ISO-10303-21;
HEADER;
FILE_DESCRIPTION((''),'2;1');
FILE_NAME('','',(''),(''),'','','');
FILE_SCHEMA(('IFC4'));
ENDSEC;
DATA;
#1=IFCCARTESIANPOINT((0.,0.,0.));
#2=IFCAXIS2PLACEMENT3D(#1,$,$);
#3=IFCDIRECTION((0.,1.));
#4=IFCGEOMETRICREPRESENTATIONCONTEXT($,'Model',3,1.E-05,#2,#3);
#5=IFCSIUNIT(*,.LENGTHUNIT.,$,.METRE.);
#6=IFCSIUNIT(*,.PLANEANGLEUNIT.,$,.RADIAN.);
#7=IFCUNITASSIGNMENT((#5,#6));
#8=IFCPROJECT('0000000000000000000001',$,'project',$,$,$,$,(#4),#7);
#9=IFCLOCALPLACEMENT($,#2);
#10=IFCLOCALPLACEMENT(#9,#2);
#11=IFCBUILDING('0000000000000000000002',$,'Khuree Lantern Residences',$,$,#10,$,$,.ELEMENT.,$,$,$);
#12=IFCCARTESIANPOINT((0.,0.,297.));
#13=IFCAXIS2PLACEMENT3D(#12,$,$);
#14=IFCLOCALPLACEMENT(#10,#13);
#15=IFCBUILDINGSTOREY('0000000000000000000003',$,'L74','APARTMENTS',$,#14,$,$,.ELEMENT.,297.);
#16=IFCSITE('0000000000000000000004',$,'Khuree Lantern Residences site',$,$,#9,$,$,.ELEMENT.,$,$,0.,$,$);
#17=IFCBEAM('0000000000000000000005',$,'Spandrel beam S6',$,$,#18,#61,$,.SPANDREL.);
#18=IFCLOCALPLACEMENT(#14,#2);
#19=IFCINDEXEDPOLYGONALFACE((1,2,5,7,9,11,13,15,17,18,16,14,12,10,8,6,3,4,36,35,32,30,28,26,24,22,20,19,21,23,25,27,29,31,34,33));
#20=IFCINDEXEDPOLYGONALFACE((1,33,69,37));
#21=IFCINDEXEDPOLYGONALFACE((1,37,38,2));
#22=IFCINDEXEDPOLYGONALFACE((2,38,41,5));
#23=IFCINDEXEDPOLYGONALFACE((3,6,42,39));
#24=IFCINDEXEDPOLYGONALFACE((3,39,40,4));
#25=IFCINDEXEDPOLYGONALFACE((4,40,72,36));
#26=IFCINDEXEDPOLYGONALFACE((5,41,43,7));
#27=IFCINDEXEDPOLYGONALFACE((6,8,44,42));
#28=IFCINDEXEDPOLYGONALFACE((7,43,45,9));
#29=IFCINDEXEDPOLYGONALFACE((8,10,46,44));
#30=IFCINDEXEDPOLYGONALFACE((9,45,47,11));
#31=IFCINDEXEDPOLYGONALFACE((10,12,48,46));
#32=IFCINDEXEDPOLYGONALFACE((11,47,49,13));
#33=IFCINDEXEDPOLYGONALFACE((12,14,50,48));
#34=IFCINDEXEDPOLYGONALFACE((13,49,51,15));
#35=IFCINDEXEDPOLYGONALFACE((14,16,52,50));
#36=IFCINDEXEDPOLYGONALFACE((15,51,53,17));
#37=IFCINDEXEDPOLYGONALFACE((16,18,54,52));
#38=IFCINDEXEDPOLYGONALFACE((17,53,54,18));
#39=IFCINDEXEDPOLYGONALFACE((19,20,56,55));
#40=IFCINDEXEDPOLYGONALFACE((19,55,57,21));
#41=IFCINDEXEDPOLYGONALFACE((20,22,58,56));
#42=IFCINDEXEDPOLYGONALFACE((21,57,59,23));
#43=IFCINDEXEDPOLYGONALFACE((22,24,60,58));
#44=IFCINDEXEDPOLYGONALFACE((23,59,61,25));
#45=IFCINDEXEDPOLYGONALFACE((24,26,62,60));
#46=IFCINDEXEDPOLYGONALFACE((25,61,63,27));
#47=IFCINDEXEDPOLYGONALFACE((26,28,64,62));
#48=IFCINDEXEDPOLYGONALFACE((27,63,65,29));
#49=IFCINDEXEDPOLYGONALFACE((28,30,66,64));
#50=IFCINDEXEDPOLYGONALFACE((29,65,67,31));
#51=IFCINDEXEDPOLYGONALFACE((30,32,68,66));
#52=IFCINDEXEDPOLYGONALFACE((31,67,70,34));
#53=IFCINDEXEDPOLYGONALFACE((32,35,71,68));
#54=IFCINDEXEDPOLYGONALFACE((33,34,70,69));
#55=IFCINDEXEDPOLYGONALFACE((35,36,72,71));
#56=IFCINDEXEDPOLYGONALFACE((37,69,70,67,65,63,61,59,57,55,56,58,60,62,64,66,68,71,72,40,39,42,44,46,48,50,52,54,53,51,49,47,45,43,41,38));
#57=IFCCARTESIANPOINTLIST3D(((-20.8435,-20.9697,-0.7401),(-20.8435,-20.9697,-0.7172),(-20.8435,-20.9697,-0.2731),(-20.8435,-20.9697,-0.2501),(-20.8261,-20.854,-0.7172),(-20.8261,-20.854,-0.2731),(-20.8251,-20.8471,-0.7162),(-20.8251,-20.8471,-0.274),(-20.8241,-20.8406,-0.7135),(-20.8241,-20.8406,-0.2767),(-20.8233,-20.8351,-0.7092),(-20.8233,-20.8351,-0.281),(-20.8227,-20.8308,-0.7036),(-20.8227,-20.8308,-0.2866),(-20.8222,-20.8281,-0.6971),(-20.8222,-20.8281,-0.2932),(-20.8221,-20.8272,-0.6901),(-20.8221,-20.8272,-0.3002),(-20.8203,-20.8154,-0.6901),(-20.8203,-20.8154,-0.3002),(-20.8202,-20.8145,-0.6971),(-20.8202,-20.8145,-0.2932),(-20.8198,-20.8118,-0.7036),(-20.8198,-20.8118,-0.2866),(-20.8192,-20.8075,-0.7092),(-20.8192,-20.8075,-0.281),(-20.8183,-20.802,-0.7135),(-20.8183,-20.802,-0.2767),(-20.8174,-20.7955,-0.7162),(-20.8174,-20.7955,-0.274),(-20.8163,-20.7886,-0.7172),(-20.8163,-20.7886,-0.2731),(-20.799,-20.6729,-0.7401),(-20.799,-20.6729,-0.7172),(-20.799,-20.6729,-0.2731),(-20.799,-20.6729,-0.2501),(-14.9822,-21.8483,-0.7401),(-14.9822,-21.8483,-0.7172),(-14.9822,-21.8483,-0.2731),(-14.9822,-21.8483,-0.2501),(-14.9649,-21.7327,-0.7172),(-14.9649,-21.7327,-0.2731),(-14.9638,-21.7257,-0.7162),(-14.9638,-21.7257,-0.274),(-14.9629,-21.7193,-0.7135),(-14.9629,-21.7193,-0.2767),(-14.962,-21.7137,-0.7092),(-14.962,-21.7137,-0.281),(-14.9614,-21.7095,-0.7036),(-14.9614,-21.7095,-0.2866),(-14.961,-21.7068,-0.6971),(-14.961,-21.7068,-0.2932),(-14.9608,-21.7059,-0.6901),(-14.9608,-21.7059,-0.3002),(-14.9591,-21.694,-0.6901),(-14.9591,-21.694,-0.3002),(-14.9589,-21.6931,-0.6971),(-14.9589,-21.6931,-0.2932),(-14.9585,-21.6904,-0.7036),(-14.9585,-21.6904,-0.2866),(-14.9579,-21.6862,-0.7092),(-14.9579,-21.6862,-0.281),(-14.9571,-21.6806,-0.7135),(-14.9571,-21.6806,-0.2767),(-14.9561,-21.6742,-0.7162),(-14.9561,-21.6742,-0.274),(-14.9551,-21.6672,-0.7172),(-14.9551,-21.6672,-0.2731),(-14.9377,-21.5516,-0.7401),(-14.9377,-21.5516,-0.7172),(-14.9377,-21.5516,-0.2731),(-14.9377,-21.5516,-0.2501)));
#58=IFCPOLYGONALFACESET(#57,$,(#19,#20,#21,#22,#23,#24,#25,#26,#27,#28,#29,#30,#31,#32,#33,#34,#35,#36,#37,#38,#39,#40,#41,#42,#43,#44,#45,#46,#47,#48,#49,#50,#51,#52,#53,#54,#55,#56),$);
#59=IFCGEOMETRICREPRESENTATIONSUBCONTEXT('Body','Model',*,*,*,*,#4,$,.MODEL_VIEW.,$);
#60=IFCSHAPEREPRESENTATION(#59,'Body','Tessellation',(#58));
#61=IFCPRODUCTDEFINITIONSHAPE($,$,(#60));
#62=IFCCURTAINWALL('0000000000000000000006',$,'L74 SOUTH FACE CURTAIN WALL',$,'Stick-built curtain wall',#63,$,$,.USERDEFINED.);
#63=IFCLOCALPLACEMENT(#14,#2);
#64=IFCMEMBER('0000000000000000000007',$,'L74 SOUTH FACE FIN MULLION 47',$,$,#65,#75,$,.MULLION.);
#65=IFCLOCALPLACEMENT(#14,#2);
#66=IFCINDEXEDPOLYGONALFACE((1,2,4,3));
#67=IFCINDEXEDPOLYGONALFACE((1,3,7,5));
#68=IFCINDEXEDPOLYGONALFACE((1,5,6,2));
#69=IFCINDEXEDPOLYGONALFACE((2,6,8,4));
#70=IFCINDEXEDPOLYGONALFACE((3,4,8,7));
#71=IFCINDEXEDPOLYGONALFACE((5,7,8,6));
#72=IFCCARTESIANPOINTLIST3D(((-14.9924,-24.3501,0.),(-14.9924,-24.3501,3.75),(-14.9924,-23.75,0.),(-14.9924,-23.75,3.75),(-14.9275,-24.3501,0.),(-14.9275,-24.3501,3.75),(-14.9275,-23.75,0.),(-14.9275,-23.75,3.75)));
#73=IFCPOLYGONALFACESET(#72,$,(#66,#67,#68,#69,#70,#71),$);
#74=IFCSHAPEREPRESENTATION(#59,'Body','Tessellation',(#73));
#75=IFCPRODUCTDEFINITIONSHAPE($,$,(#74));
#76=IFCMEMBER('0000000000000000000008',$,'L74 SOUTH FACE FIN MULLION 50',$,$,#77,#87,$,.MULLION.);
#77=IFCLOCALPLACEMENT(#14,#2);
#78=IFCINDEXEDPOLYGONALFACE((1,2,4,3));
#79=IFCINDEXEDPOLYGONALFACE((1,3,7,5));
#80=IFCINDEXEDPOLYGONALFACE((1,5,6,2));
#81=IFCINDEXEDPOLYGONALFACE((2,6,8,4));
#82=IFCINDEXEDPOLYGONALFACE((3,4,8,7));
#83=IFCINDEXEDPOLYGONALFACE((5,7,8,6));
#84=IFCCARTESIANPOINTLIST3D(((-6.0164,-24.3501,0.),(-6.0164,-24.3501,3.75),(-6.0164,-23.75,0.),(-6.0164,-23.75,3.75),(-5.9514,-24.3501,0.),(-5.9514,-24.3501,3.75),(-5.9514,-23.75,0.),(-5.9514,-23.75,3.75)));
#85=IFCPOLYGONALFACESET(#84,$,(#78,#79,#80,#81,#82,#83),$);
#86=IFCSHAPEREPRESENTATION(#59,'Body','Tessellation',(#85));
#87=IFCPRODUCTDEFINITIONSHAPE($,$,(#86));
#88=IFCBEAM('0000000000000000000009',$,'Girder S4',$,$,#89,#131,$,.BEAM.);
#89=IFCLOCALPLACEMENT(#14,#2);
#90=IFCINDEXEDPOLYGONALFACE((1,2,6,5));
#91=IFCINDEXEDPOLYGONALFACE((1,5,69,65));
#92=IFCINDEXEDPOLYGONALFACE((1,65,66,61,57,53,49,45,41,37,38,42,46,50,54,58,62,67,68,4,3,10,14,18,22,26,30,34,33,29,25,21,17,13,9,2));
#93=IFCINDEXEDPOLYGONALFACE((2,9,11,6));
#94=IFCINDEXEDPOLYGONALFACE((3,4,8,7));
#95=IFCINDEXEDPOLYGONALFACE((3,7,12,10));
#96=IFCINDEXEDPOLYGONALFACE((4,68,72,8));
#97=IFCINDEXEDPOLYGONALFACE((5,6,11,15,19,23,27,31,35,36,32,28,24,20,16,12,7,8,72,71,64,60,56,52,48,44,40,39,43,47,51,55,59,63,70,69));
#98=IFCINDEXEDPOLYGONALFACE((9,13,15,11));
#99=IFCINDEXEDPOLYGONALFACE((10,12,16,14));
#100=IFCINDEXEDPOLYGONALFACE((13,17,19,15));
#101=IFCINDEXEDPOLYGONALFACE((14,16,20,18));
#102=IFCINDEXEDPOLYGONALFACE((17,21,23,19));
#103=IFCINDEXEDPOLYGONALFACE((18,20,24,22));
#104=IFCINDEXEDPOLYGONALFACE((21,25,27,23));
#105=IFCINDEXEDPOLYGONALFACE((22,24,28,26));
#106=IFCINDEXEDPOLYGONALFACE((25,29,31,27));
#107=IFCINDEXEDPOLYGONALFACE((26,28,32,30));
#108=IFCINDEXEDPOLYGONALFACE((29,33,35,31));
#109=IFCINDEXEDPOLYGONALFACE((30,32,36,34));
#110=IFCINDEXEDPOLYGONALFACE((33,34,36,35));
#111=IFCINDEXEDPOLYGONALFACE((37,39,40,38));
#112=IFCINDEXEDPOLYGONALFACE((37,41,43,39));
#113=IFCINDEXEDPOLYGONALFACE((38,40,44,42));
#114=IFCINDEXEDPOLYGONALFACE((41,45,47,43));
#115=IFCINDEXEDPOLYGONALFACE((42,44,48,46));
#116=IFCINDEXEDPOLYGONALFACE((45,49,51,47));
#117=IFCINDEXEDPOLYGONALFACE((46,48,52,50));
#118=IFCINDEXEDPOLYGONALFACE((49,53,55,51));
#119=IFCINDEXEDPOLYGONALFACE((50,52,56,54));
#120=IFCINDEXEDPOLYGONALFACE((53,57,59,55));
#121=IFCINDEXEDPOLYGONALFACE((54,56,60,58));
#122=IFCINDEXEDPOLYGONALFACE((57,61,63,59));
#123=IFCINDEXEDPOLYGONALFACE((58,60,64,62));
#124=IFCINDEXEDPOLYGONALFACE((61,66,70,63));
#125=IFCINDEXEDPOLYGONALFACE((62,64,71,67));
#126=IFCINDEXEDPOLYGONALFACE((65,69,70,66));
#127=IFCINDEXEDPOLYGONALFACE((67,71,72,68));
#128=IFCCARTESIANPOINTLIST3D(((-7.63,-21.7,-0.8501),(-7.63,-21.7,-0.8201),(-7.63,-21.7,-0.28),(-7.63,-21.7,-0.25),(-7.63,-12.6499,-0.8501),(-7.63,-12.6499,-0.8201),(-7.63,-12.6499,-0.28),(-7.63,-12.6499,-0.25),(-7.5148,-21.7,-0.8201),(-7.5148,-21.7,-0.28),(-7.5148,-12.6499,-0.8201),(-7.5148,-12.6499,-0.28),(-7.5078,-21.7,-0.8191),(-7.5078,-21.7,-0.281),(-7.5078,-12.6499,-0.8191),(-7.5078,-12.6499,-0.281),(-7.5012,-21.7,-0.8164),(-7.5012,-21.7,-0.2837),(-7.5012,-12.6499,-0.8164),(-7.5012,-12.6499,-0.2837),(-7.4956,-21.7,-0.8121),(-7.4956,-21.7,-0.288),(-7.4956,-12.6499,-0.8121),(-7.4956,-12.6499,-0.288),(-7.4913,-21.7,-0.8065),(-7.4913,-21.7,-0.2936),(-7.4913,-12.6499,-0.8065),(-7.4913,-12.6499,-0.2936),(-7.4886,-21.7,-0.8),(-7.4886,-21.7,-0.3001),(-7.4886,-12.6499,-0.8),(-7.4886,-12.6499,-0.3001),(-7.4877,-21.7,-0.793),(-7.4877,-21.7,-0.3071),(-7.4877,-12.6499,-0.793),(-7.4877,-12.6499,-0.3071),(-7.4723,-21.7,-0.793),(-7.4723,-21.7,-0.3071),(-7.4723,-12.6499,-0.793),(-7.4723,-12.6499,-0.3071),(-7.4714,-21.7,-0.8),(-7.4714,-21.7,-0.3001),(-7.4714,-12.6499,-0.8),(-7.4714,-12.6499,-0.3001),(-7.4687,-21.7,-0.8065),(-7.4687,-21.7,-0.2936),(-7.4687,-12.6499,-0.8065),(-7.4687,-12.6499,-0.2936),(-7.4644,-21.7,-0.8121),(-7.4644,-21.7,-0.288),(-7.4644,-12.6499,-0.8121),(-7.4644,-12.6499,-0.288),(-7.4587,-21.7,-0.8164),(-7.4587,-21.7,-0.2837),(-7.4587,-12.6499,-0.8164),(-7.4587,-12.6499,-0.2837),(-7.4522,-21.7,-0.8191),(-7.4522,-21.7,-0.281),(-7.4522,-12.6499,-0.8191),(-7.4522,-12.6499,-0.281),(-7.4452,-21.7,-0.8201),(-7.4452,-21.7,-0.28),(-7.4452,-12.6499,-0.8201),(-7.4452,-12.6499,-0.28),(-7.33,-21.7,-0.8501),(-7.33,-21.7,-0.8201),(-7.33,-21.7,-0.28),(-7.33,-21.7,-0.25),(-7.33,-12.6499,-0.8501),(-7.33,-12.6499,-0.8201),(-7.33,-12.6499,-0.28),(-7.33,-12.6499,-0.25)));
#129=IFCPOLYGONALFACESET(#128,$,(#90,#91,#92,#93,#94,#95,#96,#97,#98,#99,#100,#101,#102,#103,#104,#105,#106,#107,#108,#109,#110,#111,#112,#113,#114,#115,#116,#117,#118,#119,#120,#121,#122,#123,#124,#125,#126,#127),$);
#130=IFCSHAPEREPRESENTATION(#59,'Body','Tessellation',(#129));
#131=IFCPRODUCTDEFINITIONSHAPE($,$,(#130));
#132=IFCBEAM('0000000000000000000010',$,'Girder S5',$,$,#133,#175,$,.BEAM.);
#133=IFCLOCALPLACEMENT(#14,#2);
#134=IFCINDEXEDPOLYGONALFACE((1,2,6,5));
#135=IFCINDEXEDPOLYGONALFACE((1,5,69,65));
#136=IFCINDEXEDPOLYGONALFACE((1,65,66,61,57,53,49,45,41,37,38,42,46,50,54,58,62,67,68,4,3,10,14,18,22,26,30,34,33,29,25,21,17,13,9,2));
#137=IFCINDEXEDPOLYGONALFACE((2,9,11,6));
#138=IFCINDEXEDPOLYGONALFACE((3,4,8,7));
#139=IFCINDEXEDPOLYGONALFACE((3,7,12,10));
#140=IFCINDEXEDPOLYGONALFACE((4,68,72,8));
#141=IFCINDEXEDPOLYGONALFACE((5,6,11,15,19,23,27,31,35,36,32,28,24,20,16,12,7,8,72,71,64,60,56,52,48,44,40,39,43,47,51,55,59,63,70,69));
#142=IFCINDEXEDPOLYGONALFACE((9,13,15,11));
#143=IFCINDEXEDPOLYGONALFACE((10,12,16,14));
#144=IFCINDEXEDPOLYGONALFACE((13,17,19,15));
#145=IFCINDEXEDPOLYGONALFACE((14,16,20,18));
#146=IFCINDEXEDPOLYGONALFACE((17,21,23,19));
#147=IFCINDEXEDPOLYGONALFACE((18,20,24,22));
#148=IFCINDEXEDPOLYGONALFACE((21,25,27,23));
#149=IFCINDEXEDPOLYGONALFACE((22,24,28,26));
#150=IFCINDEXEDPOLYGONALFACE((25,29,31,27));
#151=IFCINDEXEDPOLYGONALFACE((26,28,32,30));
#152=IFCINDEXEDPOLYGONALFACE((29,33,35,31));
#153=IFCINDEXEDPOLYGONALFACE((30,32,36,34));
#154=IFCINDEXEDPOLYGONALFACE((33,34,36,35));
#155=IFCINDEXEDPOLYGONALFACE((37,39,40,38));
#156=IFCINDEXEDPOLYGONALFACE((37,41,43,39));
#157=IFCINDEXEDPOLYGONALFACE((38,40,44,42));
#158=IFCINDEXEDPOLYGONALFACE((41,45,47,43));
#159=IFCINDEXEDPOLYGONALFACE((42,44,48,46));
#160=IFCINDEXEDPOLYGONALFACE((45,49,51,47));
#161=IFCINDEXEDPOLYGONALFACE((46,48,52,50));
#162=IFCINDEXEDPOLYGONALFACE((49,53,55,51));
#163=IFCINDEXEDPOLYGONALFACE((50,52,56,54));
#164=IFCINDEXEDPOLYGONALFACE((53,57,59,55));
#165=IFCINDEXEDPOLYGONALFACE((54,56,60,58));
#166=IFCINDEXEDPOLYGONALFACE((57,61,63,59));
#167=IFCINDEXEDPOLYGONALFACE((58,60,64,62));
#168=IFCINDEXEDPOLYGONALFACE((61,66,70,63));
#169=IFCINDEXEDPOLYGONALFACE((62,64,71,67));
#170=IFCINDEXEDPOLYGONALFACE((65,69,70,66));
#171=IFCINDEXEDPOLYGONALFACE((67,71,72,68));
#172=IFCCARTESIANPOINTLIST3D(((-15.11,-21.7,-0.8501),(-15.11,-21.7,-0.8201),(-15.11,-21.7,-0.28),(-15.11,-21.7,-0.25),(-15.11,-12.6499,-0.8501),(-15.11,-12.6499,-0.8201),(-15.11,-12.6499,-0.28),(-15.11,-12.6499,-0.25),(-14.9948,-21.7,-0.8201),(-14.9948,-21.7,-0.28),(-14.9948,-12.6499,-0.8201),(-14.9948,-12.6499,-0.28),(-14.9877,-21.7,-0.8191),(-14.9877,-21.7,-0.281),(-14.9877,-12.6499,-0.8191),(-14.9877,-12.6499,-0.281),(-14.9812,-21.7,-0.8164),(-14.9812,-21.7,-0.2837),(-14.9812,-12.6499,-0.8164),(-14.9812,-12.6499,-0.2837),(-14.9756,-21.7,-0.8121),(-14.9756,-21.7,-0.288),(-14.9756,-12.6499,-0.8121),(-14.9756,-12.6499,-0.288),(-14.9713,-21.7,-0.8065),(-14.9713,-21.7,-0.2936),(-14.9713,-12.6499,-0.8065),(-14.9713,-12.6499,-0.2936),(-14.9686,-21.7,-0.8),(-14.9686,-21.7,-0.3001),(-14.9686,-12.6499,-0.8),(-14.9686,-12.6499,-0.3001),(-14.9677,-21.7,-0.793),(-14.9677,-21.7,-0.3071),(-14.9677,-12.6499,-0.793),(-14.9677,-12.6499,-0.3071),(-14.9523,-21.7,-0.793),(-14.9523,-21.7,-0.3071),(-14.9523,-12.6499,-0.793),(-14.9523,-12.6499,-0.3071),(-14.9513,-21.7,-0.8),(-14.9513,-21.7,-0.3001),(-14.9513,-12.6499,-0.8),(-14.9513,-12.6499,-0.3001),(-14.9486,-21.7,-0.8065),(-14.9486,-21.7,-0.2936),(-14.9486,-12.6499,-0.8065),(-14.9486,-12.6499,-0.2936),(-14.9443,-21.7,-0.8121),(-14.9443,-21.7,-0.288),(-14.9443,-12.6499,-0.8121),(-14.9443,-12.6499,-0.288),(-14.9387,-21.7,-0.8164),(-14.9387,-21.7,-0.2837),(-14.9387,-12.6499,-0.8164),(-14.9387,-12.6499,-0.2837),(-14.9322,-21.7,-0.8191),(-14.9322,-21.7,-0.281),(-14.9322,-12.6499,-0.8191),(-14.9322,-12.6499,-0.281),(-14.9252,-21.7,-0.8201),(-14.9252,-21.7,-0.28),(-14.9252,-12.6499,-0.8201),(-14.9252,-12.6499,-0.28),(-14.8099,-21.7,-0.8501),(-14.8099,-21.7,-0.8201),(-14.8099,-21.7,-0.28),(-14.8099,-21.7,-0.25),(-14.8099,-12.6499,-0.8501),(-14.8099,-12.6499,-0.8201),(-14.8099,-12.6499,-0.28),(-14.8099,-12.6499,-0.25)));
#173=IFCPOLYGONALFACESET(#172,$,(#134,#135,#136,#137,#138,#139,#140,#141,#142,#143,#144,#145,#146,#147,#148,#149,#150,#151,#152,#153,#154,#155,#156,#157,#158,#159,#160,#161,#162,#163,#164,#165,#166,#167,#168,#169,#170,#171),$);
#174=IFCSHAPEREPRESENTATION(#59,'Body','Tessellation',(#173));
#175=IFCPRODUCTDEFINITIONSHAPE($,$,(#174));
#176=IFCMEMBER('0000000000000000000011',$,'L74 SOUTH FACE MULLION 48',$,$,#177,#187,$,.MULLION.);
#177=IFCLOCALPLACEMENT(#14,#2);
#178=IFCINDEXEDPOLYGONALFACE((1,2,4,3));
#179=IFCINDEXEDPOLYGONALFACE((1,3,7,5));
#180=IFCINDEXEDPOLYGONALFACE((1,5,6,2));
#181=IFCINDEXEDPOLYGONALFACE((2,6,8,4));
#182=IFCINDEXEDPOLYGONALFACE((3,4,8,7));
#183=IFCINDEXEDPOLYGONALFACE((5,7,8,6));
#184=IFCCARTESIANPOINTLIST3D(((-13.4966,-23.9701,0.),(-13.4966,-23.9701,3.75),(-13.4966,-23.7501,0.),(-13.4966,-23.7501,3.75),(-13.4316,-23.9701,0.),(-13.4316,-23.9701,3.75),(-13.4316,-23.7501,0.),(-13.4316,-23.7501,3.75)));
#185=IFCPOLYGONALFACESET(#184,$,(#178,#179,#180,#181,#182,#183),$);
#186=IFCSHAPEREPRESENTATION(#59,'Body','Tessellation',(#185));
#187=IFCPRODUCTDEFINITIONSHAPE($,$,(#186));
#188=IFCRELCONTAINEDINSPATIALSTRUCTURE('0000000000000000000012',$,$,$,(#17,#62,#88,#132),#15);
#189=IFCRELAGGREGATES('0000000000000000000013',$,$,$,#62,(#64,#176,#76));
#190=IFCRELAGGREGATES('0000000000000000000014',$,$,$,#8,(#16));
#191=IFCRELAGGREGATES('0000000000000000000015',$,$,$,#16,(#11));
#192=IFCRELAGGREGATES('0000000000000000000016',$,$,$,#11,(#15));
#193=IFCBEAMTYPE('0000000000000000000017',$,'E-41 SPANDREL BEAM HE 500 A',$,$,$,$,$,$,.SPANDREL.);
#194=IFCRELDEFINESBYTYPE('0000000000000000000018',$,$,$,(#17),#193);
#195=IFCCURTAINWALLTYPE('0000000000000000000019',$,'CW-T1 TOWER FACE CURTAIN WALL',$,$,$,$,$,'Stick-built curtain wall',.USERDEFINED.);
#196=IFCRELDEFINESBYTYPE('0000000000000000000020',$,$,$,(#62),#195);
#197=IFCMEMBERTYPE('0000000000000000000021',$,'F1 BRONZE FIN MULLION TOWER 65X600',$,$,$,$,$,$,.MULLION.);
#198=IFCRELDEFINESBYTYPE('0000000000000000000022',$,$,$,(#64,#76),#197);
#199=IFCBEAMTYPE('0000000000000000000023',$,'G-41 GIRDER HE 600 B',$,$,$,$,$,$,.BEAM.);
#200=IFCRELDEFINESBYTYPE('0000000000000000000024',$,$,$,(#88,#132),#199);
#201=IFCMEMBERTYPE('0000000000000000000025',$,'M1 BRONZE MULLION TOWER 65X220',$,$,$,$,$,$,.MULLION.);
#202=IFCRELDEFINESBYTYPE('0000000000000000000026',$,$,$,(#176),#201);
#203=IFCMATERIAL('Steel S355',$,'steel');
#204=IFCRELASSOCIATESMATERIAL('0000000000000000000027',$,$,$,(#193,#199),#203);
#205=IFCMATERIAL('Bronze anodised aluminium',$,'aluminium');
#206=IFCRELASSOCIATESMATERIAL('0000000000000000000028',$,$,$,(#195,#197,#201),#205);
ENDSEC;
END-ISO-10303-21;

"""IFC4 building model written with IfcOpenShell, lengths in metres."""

from ifc_helpers import new_model, si_unit, direction, frame, origin, origin_2d, place, context, subcontext, project, spatial, rectangle, i_section, extrude, material, material_profile, profile_set, type_object, element, aggregate, save


model = new_model("IFC4")

# Units and contexts
model_context = context("Model", 3, precision=1e-05, world=origin(), true_north=direction((0.0, 1.0)))
body_context = subcontext(model_context, "Body", "Model", "MODEL_VIEW")
ifc_project = project(units=[si_unit("LENGTHUNIT", "METRE"), si_unit("PLANEANGLEUNIT", "RADIAN")], contexts=[model_context])

# Site, building, storey
site_placement = place(None, origin())
site = spatial("IfcSite", under=ifc_project, at=site_placement, Name="Khuree Lantern Residences site", CompositionType="ELEMENT", RefElevation=0.0)
building_placement = place(site_placement, origin())
building = spatial("IfcBuilding", under=site, at=building_placement, Name="Khuree Lantern Residences", CompositionType="ELEMENT")
storey_placement = place(building_placement, frame((0.0, 0.0, 297.0)))
storey = spatial("IfcBuildingStorey", under=building, at=storey_placement, Name="L74", Description="APARTMENTS", CompositionType="ELEMENT", Elevation=297.0)

# Beam
ifc_material_1 = material(Name="Steel S355", Category="steel")
ifc_material_profile_1 = material_profile(ifc_material_1, i_section(OverallWidth=0.3, OverallDepth=0.49, WebThickness=0.012, FlangeThickness=0.0229, FilletRadius=0.0271, at=origin_2d()), Name="HE 500 A")
ifc_profile_set_1 = profile_set([ifc_material_profile_1], Name="Steel S355")
beam_type_1 = type_object("IfcBeamType", Name="E-41 SPANDREL BEAM HE 500 A", PredefinedType="SPANDREL", material=ifc_profile_set_1)
beam_1_placement = place(storey_placement, frame((-14.96, -21.7, -0.4951), z_axis=(-0.98895, 0.148252, 0.0), x_axis=(-0.148252, -0.98895, 0.0)))
element("IfcBeam", 1, at=beam_1_placement, inside=storey, type_object=beam_type_1, Name="Spandrel beam S6", PredefinedType="SPANDREL", context=body_context, shape_type="SweptSolid", body=[
    extrude(i_section(OverallWidth=0.3, OverallDepth=0.49, WebThickness=0.012, FlangeThickness=0.0229, FilletRadius=0.0271, at=origin_2d()), origin(), (0.0, 0.0, 1.0), 5.9268),
])

# Curtain wall, members
ifc_material_2 = material(Name="Bronze anodised aluminium", Category="aluminium")
curtain_wall_type = type_object("IfcCurtainWallType", Name="CW-T1 TOWER FACE CURTAIN WALL", ElementType="Stick-built curtain wall", PredefinedType="USERDEFINED", material=ifc_material_2)
curtain_wall_placement = place(storey_placement, origin())
curtain_wall = element("IfcCurtainWall", 2, at=curtain_wall_placement, inside=storey, type_object=curtain_wall_type, Name="L74 SOUTH FACE CURTAIN WALL", ObjectType="Stick-built curtain wall", PredefinedType="USERDEFINED")
ifc_material_profile_2 = material_profile(ifc_material_2, rectangle(XDim=0.0649, YDim=0.6001, at=origin_2d()), Name="F1 65X600")
ifc_profile_set_2 = profile_set([ifc_material_profile_2], Name="Bronze anodised aluminium")
member_type_1 = type_object("IfcMemberType", Name="F1 BRONZE FIN MULLION TOWER 65X600", PredefinedType="MULLION", material=ifc_profile_set_2)
member_1_placement = place(storey_placement, frame((-14.96, -24.05, 0.0), z_axis=(0.0, 0.0, 1.0), x_axis=(1.0, 0.0, 0.0)))
member_1 = element("IfcMember", 3, at=member_1_placement, type_object=member_type_1, Name="L74 SOUTH FACE FIN MULLION 47", PredefinedType="MULLION", context=body_context, shape_type="SweptSolid", body=[
    extrude(rectangle(XDim=0.0649, YDim=0.6001, at=origin_2d()), origin(), (0.0, 0.0, 1.0), 3.75),
])
member_2_placement = place(storey_placement, frame((-5.9839, -24.05, 0.0), z_axis=(0.0, 0.0, 1.0), x_axis=(1.0, 0.0, 0.0)))
member_2 = element("IfcMember", 4, at=member_2_placement, type_object=member_type_1, Name="L74 SOUTH FACE FIN MULLION 50", PredefinedType="MULLION", context=body_context, shape_type="SweptSolid", body=[
    extrude(rectangle(XDim=0.0649, YDim=0.6001, at=origin_2d()), origin(), (0.0, 0.0, 1.0), 3.75),
])

# Beams
ifc_material_profile_3 = material_profile(ifc_material_1, i_section(OverallWidth=0.3, OverallDepth=0.6001, WebThickness=0.0154, FlangeThickness=0.03, FilletRadius=0.0271, at=origin_2d()), Name="HE 600 B")
ifc_profile_set_3 = profile_set([ifc_material_profile_3], Name="Steel S355")
beam_type_2 = type_object("IfcBeamType", Name="G-41 GIRDER HE 600 B", PredefinedType="BEAM", material=ifc_profile_set_3)
for number, where, z_axis, x_axis, name in (
    (5, (-7.48, -21.7, -0.55), (0.0, 1.0, 0.0), (-1.0, 0.0, 0.0), "Girder S4"),
    (6, (-14.96, -21.7, -0.55), (0.0, 1.0, 0.0), (-1.0, 0.0, 0.0), "Girder S5"),
):
    element("IfcBeam", number, at=place(storey_placement, frame(where, z_axis=z_axis, x_axis=x_axis)), inside=storey, type_object=beam_type_2, Name=name, PredefinedType="BEAM", context=body_context, shape_type="SweptSolid", body=[
        extrude(i_section(OverallWidth=0.3, OverallDepth=0.6001, WebThickness=0.0154, FlangeThickness=0.03, FilletRadius=0.0271, at=origin_2d()), origin(), (0.0, 0.0, 1.0), 9.05),
    ])

# Member
ifc_material_profile_4 = material_profile(ifc_material_2, rectangle(XDim=0.0649, YDim=0.22, at=origin_2d()), Name="M1 65X220")
ifc_profile_set_4 = profile_set([ifc_material_profile_4], Name="Bronze anodised aluminium")
member_type_2 = type_object("IfcMemberType", Name="M1 BRONZE MULLION TOWER 65X220", PredefinedType="MULLION", material=ifc_profile_set_4)
member_3_placement = place(storey_placement, frame((-13.4641, -23.8601, 0.0), z_axis=(0.0, 0.0, 1.0), x_axis=(1.0, 0.0, 0.0)))
member_3 = element("IfcMember", 7, at=member_3_placement, type_object=member_type_2, Name="L74 SOUTH FACE MULLION 48", PredefinedType="MULLION", context=body_context, shape_type="SweptSolid", body=[
    extrude(rectangle(XDim=0.0649, YDim=0.22, at=origin_2d()), origin(), (0.0, 0.0, 1.0), 3.75),
])

aggregate(curtain_wall, [member_1, member_3, member_2])

save(model, "model.ifc")
